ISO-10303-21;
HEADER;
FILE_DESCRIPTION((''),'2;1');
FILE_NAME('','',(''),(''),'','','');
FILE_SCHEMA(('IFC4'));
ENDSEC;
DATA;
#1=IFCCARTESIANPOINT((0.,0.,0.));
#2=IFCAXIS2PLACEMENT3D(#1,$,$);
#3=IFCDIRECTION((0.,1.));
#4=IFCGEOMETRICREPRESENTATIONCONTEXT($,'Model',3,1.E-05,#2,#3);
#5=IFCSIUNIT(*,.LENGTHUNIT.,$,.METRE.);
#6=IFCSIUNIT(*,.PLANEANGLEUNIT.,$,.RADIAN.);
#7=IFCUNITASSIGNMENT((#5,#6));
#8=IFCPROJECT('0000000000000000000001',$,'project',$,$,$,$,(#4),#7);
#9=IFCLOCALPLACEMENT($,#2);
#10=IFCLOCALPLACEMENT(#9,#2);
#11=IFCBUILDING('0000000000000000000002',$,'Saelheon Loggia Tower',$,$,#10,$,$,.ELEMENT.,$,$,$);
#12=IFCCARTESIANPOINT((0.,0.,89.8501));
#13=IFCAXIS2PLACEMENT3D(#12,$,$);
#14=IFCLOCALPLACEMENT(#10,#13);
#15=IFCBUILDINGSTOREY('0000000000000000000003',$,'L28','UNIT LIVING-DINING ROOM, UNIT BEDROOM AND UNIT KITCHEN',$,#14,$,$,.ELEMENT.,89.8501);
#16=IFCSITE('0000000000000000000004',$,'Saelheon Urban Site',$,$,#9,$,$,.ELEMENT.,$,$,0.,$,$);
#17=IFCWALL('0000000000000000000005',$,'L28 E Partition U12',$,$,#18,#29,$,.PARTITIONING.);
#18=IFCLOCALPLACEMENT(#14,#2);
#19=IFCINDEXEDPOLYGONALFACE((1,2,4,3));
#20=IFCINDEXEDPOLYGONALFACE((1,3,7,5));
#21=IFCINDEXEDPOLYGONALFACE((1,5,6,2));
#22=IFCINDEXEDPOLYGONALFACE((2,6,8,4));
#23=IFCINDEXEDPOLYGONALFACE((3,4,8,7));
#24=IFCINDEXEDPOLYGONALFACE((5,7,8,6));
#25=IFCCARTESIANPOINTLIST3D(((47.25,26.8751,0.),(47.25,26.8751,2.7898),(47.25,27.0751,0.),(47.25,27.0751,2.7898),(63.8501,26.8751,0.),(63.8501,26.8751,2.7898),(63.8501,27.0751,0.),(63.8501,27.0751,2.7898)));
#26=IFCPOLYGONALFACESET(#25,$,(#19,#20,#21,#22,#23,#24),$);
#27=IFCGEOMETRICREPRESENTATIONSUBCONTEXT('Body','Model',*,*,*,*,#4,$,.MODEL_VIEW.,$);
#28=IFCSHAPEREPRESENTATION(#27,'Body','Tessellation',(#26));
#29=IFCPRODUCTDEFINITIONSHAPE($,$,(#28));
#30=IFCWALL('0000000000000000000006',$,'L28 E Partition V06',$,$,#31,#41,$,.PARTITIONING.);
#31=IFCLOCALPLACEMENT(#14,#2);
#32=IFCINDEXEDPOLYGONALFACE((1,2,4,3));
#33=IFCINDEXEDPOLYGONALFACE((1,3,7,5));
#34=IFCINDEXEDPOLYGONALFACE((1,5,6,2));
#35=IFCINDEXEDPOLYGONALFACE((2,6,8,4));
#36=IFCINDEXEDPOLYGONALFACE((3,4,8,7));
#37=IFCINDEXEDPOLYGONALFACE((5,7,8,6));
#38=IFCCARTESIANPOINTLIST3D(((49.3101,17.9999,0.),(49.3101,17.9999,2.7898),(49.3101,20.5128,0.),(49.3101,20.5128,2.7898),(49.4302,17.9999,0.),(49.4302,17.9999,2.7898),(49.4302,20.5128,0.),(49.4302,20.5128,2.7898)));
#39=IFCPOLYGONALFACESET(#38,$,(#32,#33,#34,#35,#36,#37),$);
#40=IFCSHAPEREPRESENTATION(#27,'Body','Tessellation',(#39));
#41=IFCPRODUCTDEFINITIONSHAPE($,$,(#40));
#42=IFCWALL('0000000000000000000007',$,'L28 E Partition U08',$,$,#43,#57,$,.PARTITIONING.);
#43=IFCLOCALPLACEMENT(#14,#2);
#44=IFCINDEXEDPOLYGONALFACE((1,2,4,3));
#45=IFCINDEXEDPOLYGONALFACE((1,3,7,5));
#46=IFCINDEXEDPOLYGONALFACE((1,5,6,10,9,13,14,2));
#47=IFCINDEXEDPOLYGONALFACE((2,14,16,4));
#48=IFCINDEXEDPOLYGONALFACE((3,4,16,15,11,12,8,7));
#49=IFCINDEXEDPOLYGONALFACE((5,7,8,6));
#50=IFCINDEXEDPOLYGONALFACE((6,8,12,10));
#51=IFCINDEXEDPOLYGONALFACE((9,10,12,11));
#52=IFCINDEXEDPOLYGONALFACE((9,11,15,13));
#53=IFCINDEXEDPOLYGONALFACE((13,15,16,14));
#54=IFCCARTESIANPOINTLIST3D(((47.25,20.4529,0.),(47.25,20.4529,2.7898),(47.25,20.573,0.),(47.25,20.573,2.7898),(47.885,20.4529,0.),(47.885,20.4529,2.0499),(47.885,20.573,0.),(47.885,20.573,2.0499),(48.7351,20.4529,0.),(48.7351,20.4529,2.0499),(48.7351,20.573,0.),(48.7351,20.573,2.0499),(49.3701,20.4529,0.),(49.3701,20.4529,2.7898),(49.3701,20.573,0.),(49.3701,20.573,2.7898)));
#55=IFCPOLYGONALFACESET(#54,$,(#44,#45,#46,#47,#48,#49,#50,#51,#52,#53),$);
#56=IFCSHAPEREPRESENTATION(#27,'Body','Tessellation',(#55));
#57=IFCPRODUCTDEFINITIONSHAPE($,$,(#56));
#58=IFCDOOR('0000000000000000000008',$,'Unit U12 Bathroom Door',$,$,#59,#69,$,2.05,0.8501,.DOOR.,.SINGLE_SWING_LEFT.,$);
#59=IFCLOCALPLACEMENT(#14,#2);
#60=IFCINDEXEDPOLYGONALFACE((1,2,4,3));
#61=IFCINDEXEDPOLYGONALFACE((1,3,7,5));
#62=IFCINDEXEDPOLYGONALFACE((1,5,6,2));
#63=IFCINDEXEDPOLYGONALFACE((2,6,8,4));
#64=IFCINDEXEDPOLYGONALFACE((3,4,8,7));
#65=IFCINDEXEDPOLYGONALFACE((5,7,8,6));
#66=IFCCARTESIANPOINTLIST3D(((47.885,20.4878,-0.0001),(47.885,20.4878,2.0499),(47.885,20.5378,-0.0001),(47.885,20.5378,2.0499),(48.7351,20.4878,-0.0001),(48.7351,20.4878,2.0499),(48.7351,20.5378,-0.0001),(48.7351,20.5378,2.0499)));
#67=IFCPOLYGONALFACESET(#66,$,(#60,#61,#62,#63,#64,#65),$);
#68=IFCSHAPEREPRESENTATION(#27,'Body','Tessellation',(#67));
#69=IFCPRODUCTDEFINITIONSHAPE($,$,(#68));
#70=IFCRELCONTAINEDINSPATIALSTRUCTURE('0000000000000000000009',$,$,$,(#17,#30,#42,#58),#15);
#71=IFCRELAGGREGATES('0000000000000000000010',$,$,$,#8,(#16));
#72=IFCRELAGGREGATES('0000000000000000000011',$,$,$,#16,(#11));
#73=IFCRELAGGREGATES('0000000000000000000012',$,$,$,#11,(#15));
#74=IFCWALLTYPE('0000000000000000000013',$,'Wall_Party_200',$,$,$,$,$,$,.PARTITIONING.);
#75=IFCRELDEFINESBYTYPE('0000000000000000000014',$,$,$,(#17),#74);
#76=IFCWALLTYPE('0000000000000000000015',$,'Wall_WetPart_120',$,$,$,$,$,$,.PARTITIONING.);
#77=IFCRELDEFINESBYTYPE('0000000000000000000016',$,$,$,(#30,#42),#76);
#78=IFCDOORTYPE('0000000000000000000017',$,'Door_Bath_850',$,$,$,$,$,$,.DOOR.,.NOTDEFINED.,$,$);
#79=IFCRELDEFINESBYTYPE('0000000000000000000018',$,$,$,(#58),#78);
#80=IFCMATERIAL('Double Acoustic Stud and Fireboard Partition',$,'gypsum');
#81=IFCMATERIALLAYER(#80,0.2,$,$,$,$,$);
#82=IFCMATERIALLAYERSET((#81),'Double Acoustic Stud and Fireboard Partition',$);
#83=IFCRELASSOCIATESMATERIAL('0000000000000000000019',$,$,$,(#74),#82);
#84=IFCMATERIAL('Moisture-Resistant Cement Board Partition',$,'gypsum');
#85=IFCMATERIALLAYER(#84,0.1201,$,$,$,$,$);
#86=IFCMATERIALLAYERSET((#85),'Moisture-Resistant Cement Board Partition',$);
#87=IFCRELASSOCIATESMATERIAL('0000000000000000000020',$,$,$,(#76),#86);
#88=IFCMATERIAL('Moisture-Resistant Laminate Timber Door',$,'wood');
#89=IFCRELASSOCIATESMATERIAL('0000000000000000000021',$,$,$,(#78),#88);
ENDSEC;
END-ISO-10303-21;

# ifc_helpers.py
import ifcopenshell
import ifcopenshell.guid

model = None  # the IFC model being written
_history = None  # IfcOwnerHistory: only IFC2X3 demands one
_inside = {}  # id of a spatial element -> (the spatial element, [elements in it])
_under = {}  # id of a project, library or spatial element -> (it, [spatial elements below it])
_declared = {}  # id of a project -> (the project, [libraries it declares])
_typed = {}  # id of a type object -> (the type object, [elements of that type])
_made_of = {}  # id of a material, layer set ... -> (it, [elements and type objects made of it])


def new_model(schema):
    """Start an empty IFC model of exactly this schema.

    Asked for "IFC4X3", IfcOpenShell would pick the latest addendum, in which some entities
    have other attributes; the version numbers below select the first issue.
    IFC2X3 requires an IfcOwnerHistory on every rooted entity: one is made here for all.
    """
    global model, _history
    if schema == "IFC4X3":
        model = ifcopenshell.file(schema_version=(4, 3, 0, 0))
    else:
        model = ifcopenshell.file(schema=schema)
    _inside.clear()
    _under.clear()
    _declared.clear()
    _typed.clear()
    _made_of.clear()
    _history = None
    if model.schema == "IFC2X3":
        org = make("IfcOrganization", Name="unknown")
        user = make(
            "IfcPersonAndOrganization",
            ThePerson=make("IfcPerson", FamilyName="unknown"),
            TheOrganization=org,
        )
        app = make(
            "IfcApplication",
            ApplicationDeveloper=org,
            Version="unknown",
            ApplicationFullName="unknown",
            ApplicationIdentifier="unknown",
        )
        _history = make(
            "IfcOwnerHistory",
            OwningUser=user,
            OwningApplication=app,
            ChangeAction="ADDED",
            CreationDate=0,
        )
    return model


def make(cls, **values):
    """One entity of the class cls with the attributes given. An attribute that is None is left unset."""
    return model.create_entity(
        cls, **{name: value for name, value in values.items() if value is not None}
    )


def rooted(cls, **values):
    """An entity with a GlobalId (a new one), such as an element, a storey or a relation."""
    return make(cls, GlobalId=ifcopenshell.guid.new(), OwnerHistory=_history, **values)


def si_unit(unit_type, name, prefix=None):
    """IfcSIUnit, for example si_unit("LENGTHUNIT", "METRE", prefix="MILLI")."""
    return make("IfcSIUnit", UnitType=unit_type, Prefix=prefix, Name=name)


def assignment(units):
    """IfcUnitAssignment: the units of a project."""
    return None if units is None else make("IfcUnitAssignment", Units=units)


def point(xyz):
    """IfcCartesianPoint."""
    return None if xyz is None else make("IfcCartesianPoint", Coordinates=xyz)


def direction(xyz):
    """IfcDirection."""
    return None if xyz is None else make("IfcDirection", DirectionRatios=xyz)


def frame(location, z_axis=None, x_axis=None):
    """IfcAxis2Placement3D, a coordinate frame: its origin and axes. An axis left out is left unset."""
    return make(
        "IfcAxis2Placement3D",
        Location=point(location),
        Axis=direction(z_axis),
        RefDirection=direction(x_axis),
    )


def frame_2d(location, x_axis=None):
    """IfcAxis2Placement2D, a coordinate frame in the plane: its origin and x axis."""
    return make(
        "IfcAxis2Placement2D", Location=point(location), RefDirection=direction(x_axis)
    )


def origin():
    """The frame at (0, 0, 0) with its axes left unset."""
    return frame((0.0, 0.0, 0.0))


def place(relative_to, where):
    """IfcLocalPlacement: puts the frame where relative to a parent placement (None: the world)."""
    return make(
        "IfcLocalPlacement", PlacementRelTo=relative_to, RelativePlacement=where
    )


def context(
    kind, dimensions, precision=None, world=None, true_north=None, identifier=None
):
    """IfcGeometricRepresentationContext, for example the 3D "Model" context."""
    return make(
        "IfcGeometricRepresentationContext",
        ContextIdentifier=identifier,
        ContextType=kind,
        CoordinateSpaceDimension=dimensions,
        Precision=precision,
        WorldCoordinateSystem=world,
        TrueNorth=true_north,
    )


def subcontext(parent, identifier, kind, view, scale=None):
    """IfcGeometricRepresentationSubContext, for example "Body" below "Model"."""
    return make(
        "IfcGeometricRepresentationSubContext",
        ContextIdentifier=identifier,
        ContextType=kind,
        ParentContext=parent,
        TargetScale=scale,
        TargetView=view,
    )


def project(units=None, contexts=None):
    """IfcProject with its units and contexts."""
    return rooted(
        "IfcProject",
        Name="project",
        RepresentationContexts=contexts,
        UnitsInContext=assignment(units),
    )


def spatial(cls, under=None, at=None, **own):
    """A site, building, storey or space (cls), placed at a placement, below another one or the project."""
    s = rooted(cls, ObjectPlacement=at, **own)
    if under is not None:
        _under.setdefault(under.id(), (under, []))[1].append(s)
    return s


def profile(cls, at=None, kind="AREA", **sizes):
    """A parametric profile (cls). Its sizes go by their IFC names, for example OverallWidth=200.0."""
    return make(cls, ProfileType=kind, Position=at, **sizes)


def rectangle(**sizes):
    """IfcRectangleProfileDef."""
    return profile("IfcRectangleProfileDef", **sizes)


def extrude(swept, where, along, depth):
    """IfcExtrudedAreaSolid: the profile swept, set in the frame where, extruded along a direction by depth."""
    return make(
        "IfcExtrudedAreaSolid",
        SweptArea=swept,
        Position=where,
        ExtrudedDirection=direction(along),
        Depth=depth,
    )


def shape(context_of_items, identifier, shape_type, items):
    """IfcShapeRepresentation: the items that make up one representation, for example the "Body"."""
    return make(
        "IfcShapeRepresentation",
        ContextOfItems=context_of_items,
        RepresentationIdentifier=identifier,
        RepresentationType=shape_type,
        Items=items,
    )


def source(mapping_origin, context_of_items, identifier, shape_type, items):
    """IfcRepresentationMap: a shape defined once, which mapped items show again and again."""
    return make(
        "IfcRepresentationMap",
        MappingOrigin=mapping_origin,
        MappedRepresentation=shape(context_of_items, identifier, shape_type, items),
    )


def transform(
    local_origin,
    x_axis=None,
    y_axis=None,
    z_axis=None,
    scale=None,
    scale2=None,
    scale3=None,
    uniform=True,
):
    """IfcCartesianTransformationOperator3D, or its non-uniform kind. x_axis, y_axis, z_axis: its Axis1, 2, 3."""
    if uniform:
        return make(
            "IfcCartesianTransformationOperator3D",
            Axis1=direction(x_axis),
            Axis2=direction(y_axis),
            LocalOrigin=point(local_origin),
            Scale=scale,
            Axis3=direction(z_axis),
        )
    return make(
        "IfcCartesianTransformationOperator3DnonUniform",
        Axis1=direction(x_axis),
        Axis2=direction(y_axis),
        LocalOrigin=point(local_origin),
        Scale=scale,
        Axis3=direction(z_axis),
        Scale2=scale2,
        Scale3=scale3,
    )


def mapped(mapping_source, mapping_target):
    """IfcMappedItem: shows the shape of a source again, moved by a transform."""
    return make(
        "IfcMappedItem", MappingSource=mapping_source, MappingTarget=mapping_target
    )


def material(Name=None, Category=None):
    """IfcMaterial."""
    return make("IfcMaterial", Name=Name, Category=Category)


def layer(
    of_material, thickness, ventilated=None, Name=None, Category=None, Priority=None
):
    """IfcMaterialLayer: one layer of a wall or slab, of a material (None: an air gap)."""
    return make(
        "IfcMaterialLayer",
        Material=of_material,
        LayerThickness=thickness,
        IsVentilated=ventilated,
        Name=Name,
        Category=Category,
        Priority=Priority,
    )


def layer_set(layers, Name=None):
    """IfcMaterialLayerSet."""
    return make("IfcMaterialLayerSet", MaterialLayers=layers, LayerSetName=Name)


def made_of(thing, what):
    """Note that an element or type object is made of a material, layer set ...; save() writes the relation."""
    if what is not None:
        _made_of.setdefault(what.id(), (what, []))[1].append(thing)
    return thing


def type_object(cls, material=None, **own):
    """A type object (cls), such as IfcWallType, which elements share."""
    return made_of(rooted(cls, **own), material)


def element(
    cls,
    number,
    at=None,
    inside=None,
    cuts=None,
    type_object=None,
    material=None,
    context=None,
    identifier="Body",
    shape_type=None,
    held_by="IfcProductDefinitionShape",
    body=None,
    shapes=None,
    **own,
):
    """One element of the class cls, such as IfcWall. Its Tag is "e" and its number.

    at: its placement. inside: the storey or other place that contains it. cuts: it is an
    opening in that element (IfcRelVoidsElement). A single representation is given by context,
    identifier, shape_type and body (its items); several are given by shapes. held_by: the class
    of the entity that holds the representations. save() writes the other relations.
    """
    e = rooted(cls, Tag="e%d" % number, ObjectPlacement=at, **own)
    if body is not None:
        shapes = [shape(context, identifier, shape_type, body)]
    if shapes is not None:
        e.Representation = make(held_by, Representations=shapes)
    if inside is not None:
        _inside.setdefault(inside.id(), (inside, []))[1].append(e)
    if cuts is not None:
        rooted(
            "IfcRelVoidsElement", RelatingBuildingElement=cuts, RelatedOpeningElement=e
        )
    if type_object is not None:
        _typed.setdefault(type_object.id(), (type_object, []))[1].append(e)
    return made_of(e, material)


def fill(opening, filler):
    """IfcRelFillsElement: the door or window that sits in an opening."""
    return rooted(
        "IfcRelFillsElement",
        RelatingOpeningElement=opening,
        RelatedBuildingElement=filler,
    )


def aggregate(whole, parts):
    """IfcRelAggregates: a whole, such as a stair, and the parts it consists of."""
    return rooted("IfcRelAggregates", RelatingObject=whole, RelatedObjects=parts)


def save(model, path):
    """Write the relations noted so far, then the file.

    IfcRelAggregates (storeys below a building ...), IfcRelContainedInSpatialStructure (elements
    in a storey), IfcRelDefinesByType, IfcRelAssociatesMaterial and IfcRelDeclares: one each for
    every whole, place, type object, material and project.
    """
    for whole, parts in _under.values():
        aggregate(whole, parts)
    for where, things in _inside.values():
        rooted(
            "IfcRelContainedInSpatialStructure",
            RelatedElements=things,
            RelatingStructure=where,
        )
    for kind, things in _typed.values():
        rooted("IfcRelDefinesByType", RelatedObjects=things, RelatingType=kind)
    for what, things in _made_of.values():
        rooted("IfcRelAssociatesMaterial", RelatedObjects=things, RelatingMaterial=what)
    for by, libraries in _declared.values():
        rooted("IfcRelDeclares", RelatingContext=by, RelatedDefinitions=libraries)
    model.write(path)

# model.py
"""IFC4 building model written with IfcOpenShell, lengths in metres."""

from ifc_helpers import new_model, si_unit, direction, frame, frame_2d, origin, place, context, subcontext, project, spatial, rectangle, extrude, source, transform, mapped, material, layer, layer_set, type_object, element, fill, save


model = new_model("IFC4")

# Units and contexts
model_context = context("Model", 3, precision=1e-05, world=origin(), true_north=direction((0.0, 1.0)))
body_context = subcontext(model_context, "Body", "Model", "MODEL_VIEW")
ifc_project = project(units=[si_unit("LENGTHUNIT", "METRE"), si_unit("PLANEANGLEUNIT", "RADIAN")], contexts=[model_context])

# Site, building, storey
site_placement = place(None, origin())
site = spatial("IfcSite", under=ifc_project, at=site_placement, Name="Saelheon Urban Site", CompositionType="ELEMENT", RefElevation=0.0)
building_placement = place(site_placement, origin())
building = spatial("IfcBuilding", under=site, at=building_placement, Name="Saelheon Loggia Tower", CompositionType="ELEMENT")
storey_placement = place(building_placement, frame((0.0, 0.0, 89.8501)))
storey = spatial("IfcBuildingStorey", under=building, at=storey_placement, Name="L28", Description="UNIT LIVING-DINING ROOM, UNIT BEDROOM AND UNIT KITCHEN", CompositionType="ELEMENT", Elevation=89.8501)

# Shared definitions
ifc_material_1 = material(Name="Double Acoustic Stud and Fireboard Partition", Category="gypsum")
ifc_layer_1 = layer(ifc_material_1, 0.2)
ifc_layer_set_1 = layer_set([ifc_layer_1], Name="Double Acoustic Stud and Fireboard Partition")
wall_type_1 = type_object("IfcWallType", Name="Wall_Party_200", PredefinedType="PARTITIONING", material=ifc_layer_set_1)

# Walls
wall_1_placement = place(storey_placement, frame((47.25, 26.9751, 0.0), z_axis=(0.0, 0.0, 1.0), x_axis=(1.0, 0.0, 0.0)))
element("IfcWall", 1, at=wall_1_placement, inside=storey, type_object=wall_type_1, Name="L28 E Partition U12", PredefinedType="PARTITIONING", context=body_context, shape_type="SweptSolid", body=[
    extrude(rectangle(XDim=16.6001, YDim=0.2, at=frame_2d((8.3, 0.0))), origin(), (0.0, 0.0, 1.0), 2.7898),
])
ifc_material_2 = material(Name="Moisture-Resistant Cement Board Partition", Category="gypsum")
ifc_layer_2 = layer(ifc_material_2, 0.1201)
ifc_layer_set_2 = layer_set([ifc_layer_2], Name="Moisture-Resistant Cement Board Partition")
wall_type_2 = type_object("IfcWallType", Name="Wall_WetPart_120", PredefinedType="PARTITIONING", material=ifc_layer_set_2)
wall_2_placement = place(storey_placement, frame((49.3701, 18.0, 0.0), z_axis=(0.0, 0.0, 1.0), x_axis=(0.0, 1.0, 0.0)))
element("IfcWall", 2, at=wall_2_placement, inside=storey, type_object=wall_type_2, Name="L28 E Partition V06", PredefinedType="PARTITIONING", context=body_context, shape_type="SweptSolid", body=[
    extrude(rectangle(XDim=2.5129, YDim=0.1201, at=frame_2d((1.2563, 0.0))), origin(), (0.0, 0.0, 1.0), 2.7898),
])

# Wall, opening, door
wall_3_placement = place(storey_placement, frame((47.25, 20.5129, 0.0), z_axis=(0.0, 0.0, 1.0), x_axis=(1.0, 0.0, 0.0)))
wall_3 = element("IfcWall", 3, at=wall_3_placement, inside=storey, type_object=wall_type_2, Name="L28 E Partition U08", PredefinedType="PARTITIONING", context=body_context, shape_type="SweptSolid", body=[
    extrude(rectangle(XDim=2.1201, YDim=0.1201, at=frame_2d((1.0601, 0.0))), origin(), (0.0, 0.0, 1.0), 2.7898),
])
opening_1_placement = place(wall_3_placement, frame((0.635, 0.0, 0.0)))
opening_1 = element("IfcOpeningElement", 4, at=opening_1_placement, cuts=wall_3, PredefinedType="OPENING", context=body_context, shape_type="SweptSolid", body=[
    extrude(rectangle(XDim=0.8501, YDim=2.05, at=frame_2d((0.425, 1.0249))), frame((0.0, 0.072, 0.0), z_axis=(0.0, -1.0, 0.0), x_axis=(1.0, 0.0, 0.0)), (0.0, 0.0, 1.0), 0.144),
])
ifc_material_3 = material(Name="Moisture-Resistant Laminate Timber Door", Category="wood")
door_type_1 = type_object("IfcDoorType", Name="Door_Bath_850", OperationType="NOTDEFINED", PredefinedType="DOOR", material=ifc_material_3)
shared_shape_1 = source(origin(), body_context, "Body", "SweptSolid", [
    extrude(rectangle(XDim=0.8501, YDim=2.05, at=frame_2d((0.425, 1.0249))), frame((0.0, 0.0249, 0.0), z_axis=(0.0, -1.0, 0.0), x_axis=(1.0, 0.0, 0.0)), (0.0, 0.0, 1.0), 0.05),
])
door_1_placement = place(opening_1_placement, origin())
door_1 = element("IfcDoor", 5, at=door_1_placement, inside=storey, type_object=door_type_1, Name="Unit U12 Bathroom Door", OperationType="SINGLE_SWING_LEFT", OverallHeight=2.05, OverallWidth=0.8501, PredefinedType="DOOR", context=body_context, shape_type="MappedRepresentation", body=[
    mapped(shared_shape_1, transform((0.0, 0.0, 0.0), scale=1.0)),
])
fill(opening_1, door_1)

save(model, "model.ifc")
